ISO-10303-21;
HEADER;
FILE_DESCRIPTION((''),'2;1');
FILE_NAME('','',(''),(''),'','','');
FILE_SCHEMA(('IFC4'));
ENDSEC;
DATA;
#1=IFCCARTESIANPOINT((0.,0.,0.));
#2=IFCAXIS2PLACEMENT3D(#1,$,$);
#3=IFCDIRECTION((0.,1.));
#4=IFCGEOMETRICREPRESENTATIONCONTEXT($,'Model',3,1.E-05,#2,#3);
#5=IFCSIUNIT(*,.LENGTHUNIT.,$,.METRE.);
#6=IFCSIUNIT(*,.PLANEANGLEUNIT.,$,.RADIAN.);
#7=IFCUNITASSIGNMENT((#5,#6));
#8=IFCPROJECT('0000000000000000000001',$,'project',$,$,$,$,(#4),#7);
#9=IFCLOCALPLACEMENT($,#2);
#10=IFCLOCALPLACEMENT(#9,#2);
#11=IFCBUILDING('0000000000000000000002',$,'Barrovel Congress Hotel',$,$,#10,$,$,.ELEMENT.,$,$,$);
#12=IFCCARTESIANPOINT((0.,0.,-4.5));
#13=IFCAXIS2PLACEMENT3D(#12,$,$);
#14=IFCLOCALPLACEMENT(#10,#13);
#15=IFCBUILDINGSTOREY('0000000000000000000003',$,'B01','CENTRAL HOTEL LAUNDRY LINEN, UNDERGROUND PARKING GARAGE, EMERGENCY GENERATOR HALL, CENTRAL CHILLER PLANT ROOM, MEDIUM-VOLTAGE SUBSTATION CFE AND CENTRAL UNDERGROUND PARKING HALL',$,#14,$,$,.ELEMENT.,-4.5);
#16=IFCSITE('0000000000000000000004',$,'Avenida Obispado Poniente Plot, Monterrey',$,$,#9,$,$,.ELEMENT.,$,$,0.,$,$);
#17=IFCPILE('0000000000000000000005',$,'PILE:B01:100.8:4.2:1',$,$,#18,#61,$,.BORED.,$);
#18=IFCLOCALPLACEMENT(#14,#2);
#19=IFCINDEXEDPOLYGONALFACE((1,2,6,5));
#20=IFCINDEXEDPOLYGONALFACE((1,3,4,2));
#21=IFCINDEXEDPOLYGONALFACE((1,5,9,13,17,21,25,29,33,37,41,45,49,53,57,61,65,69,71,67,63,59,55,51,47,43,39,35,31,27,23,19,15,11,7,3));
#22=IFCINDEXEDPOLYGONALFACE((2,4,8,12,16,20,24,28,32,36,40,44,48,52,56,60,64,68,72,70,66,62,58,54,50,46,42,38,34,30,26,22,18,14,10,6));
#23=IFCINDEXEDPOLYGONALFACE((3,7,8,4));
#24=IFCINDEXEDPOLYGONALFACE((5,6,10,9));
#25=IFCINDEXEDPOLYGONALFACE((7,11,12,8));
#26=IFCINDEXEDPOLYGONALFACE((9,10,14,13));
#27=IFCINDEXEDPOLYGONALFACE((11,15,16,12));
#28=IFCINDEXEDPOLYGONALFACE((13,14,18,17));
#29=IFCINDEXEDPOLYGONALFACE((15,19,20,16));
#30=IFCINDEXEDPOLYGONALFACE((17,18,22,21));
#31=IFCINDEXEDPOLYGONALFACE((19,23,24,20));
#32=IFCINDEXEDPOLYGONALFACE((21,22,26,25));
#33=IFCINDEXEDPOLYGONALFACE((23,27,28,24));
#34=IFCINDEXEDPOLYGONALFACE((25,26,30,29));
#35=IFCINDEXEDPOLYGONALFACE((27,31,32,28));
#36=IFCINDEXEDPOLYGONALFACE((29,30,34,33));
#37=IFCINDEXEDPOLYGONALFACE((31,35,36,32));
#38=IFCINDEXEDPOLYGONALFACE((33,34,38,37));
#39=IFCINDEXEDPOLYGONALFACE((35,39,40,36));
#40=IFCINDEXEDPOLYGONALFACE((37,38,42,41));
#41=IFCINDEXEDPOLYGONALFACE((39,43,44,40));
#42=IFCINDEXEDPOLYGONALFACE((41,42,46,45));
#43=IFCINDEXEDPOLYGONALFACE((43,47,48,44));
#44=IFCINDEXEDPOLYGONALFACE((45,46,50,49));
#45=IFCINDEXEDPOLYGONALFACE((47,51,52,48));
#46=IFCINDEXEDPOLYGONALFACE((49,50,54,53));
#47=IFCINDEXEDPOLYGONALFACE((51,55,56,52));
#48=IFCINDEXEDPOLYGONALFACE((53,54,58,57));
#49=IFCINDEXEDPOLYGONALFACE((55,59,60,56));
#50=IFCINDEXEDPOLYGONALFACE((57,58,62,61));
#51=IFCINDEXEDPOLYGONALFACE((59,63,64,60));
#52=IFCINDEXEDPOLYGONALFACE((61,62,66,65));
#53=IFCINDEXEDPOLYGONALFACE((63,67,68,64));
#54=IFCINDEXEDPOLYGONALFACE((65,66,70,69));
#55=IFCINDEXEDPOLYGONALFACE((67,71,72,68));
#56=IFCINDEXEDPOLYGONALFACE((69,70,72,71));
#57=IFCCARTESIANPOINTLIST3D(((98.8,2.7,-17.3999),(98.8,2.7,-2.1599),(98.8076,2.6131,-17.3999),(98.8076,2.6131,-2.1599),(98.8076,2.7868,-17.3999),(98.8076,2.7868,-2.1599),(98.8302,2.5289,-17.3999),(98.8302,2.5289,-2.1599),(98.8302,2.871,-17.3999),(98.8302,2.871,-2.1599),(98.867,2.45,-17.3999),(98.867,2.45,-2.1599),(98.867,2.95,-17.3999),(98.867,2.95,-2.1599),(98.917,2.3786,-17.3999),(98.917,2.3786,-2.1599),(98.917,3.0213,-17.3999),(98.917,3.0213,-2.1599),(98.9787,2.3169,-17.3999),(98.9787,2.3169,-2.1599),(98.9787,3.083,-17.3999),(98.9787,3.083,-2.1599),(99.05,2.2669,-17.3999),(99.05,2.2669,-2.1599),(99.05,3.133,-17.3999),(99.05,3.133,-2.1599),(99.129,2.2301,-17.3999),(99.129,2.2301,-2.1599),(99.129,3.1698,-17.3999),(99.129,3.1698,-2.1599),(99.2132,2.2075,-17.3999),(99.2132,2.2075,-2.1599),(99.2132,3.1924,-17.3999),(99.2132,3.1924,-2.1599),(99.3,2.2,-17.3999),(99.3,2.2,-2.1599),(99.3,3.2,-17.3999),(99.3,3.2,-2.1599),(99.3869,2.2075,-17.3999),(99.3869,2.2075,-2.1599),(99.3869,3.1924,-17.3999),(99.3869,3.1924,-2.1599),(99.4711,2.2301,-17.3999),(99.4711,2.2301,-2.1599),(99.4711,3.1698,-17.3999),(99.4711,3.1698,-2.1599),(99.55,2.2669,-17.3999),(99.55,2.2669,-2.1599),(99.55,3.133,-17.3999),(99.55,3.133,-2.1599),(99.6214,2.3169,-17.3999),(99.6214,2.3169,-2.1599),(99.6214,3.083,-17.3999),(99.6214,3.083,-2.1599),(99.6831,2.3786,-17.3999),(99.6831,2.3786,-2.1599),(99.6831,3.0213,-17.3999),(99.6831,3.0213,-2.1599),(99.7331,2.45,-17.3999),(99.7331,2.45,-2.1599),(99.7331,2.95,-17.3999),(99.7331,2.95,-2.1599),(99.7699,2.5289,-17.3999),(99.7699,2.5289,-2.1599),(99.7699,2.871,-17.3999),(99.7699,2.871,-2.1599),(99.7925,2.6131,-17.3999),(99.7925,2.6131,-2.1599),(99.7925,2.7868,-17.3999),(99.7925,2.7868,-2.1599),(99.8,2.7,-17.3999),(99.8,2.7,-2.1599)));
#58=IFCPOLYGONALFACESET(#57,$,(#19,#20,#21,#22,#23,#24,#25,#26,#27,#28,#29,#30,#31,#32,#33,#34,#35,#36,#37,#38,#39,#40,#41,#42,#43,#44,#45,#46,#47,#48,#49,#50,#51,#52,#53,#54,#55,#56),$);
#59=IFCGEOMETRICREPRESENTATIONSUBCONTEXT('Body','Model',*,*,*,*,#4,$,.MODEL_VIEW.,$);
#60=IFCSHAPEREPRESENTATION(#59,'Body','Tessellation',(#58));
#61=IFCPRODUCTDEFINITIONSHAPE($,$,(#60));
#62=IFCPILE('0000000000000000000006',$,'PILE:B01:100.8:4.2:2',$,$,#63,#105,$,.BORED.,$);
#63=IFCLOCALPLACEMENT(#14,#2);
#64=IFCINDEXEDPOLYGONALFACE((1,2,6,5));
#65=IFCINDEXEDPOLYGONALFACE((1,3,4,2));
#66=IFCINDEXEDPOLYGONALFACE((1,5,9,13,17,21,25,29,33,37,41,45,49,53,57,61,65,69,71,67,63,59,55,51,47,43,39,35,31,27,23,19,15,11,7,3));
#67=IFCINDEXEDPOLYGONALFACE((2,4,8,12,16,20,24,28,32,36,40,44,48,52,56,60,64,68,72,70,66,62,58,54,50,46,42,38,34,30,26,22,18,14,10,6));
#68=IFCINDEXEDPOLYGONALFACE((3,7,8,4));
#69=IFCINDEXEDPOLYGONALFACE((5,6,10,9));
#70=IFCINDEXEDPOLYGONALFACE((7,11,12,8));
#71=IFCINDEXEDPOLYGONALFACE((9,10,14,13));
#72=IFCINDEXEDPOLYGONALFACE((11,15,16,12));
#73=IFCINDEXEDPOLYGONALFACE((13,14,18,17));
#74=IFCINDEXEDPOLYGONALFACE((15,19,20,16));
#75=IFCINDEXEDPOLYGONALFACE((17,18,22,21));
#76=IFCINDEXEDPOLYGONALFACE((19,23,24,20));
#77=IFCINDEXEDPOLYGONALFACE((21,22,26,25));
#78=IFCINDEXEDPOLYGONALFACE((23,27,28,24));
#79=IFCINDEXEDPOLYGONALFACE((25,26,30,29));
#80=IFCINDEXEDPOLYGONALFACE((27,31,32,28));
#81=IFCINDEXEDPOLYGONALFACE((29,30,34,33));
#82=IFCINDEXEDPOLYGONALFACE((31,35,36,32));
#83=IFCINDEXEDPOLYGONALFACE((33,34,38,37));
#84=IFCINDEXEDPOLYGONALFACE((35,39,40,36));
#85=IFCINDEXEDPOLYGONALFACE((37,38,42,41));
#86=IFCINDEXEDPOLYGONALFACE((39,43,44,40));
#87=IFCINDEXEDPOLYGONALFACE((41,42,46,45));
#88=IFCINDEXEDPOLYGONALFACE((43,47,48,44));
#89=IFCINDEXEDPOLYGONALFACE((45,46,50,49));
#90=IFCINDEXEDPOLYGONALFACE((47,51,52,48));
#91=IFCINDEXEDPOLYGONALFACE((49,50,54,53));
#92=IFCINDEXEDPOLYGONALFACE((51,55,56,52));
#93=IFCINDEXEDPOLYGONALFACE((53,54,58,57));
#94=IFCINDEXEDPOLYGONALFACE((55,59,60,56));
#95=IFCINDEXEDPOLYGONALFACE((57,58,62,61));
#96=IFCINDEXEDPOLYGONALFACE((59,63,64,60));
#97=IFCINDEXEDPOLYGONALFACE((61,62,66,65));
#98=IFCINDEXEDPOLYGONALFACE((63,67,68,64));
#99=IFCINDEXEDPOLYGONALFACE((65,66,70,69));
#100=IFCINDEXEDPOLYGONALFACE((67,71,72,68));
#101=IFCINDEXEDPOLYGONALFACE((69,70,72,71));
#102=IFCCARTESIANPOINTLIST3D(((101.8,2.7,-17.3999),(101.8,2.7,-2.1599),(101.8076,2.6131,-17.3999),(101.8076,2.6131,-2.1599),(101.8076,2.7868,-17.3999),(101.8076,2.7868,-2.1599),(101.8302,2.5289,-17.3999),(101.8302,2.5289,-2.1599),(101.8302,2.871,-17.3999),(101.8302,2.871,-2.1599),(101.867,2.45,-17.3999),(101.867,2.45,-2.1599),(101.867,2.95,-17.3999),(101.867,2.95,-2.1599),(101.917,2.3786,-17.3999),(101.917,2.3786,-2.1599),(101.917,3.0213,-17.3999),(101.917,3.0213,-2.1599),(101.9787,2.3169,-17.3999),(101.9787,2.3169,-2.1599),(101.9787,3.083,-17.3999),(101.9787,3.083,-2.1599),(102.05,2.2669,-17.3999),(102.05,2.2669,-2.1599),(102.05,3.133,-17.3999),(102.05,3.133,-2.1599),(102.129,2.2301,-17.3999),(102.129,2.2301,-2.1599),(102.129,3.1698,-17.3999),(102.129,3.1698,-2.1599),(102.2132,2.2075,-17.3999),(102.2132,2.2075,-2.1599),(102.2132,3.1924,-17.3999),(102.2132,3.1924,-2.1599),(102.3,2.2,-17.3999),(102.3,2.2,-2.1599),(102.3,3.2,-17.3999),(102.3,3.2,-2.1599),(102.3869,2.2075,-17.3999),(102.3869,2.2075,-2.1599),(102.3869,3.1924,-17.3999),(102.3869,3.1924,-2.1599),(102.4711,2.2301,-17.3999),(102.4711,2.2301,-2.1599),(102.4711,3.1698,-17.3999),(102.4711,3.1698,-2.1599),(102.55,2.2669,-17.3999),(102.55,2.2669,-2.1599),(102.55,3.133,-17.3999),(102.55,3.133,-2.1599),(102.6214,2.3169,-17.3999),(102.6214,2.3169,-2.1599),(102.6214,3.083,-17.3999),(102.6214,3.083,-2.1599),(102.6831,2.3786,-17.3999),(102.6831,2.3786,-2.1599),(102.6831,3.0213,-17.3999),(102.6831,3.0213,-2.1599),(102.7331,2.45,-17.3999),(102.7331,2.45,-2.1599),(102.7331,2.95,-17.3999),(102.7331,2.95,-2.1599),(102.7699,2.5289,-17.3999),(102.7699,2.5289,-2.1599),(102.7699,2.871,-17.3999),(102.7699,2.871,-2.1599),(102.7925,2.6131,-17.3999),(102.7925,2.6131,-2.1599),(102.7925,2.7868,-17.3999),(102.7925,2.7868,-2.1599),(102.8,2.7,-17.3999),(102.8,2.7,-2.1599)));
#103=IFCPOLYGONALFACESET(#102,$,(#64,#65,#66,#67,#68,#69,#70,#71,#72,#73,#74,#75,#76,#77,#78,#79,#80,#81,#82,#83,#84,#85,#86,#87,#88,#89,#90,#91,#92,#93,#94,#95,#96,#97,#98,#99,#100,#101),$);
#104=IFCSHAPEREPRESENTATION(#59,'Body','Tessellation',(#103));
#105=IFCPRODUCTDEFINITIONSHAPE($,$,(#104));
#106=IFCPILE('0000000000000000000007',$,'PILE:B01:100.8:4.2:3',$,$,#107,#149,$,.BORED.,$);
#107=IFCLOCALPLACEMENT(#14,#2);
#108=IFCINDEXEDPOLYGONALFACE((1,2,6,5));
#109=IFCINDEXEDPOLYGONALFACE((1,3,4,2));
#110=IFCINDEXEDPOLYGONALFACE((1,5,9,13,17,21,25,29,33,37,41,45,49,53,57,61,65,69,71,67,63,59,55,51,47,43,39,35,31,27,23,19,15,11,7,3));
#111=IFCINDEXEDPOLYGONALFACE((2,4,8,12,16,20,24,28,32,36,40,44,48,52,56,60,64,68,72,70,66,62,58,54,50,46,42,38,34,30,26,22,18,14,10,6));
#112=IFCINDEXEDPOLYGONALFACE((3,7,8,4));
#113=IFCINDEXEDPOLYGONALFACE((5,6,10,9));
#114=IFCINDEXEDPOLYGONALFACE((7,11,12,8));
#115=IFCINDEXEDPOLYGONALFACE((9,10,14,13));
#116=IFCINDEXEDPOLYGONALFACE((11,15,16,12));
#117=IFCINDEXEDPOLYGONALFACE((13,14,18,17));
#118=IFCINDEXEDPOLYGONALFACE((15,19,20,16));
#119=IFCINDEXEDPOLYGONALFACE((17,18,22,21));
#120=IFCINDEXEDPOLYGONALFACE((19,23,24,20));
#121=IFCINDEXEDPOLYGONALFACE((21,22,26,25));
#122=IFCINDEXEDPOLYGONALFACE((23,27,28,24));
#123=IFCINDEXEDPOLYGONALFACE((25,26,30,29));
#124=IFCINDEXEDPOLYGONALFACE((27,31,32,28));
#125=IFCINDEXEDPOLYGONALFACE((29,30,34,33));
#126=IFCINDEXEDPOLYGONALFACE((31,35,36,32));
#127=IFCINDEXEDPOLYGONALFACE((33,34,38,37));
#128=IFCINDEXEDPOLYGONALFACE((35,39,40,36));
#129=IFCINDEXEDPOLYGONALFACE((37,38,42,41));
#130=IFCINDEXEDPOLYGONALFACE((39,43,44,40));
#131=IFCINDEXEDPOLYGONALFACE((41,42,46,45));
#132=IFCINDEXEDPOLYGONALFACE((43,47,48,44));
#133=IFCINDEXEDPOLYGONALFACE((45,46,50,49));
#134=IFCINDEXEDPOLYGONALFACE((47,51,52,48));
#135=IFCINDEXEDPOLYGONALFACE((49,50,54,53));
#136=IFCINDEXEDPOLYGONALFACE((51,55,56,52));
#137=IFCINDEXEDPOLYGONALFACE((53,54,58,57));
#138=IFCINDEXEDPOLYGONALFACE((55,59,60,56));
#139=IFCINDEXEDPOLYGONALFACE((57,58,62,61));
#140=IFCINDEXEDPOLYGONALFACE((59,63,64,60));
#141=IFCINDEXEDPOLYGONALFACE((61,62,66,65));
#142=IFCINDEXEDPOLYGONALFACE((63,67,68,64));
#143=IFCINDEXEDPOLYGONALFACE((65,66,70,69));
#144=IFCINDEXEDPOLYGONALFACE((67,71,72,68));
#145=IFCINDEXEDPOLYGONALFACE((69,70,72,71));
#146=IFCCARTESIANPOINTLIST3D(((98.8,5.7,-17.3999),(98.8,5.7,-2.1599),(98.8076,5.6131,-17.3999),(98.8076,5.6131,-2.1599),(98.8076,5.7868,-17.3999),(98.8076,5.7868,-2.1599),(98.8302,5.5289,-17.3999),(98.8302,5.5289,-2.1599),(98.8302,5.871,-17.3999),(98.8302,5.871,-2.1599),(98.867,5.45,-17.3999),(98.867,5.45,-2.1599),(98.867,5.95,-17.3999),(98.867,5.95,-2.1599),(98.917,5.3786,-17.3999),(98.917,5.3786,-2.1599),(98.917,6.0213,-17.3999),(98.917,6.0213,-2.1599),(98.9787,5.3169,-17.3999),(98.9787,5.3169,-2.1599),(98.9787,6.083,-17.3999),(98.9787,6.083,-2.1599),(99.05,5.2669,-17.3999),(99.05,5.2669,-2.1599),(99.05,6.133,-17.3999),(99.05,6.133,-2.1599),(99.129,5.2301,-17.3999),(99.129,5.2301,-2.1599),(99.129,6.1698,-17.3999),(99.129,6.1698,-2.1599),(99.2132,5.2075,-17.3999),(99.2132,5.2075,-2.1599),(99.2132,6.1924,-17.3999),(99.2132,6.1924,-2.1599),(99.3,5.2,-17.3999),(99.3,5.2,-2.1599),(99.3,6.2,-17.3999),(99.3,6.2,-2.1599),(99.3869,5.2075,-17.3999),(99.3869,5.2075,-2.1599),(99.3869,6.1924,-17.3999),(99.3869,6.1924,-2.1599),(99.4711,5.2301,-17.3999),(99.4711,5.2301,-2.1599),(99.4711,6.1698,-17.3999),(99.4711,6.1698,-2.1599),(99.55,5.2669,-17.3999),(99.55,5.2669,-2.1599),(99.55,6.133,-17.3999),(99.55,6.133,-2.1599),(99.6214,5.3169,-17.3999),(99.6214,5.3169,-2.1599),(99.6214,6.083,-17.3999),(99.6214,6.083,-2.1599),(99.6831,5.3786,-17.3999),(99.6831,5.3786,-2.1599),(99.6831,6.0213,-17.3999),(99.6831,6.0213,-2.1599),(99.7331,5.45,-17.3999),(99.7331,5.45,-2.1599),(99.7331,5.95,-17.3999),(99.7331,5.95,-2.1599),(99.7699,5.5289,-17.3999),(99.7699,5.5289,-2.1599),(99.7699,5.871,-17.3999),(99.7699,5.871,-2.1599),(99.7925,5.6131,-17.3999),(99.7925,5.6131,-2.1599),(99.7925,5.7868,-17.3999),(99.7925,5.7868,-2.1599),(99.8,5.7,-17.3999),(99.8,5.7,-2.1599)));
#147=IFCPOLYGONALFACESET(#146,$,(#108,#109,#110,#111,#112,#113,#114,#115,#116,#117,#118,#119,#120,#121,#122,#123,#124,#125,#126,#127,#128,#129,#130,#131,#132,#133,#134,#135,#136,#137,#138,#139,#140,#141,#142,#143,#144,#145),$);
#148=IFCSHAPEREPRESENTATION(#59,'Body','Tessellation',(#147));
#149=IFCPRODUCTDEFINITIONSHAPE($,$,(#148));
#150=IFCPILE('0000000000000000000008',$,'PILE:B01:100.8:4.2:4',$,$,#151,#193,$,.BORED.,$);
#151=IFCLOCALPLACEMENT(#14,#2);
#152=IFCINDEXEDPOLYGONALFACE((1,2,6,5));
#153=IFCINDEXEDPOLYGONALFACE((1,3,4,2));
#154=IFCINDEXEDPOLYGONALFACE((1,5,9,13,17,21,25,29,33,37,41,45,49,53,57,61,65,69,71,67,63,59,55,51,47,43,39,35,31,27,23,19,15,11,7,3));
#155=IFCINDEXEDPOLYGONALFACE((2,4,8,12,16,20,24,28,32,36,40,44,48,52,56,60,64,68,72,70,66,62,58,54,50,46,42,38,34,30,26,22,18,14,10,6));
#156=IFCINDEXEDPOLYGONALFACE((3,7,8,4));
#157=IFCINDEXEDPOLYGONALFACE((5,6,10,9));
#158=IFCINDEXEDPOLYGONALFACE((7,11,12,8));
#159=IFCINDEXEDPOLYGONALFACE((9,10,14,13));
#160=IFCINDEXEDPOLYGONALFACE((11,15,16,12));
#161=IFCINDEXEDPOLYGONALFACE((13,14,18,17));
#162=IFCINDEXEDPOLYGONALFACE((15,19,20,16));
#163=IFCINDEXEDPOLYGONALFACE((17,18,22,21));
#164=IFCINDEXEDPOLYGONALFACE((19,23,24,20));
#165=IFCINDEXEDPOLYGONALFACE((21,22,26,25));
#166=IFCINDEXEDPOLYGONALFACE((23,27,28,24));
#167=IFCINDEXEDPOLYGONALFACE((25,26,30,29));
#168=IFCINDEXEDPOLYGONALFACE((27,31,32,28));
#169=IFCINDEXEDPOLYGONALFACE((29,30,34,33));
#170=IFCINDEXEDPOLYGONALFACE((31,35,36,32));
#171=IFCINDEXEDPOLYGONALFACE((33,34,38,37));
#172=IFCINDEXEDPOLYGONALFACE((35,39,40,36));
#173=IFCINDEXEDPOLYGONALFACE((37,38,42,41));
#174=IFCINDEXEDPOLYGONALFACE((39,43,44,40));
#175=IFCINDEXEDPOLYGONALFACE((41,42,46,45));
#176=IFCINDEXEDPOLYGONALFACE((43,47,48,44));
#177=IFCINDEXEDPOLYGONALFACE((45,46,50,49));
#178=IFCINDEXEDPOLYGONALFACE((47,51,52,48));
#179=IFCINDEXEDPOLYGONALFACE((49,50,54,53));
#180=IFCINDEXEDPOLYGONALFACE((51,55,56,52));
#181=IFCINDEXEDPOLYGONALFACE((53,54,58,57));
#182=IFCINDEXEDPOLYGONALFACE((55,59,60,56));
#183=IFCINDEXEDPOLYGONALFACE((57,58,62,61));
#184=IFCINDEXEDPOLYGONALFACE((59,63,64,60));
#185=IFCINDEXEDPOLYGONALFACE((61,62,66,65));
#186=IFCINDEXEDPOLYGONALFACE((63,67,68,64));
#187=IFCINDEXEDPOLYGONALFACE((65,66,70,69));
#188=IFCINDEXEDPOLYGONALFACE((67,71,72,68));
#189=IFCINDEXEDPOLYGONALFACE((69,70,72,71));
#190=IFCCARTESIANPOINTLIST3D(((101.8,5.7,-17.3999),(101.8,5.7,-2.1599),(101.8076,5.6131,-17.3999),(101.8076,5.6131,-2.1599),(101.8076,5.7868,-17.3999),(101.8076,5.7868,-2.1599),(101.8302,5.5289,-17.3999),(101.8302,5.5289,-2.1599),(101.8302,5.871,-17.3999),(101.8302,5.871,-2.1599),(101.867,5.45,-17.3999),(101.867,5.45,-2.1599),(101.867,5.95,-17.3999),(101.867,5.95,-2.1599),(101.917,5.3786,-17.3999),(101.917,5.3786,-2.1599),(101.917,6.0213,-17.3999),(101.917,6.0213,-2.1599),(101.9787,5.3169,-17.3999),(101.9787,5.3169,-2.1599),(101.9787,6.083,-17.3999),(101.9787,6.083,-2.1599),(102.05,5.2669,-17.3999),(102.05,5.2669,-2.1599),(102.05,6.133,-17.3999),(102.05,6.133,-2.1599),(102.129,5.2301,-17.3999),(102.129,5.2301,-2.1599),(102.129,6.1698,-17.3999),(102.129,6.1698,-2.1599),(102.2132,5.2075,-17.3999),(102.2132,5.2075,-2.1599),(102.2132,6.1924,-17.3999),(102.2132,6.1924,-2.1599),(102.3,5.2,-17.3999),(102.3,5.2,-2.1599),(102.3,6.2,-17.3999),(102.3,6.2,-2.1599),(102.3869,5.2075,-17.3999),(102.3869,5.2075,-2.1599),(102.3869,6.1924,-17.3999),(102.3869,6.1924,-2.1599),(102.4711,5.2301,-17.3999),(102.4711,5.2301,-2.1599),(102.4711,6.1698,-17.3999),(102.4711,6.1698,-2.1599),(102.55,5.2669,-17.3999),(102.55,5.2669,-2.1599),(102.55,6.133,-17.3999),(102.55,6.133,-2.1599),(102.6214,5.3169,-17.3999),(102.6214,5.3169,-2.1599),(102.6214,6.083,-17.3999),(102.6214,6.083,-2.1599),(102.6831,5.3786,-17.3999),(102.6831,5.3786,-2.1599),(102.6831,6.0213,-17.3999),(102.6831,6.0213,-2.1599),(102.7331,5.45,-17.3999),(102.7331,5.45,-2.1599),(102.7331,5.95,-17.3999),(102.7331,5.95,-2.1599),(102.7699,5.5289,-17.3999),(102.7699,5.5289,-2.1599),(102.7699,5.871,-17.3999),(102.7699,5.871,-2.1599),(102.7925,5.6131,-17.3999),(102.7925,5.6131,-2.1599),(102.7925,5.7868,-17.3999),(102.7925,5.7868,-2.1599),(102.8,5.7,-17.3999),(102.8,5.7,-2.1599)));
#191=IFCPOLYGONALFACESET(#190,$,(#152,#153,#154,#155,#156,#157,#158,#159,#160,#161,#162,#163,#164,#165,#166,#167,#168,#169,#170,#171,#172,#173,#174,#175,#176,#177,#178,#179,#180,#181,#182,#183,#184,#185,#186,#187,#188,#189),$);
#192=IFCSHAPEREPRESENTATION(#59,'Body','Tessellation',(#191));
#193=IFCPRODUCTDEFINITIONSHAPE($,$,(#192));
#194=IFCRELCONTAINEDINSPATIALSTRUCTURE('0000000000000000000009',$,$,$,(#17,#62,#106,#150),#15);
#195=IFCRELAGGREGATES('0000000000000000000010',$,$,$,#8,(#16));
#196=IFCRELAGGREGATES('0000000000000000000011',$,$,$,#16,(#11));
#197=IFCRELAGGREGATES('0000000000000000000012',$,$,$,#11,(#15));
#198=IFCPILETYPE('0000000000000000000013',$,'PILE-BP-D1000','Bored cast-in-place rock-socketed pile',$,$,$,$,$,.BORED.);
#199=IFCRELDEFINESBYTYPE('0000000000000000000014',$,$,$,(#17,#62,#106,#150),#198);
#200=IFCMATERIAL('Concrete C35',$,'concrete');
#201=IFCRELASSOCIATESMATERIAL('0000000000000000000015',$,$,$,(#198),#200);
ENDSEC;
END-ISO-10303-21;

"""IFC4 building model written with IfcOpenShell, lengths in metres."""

from ifc_helpers import new_model, si_unit, direction, frame, origin, origin_2d, place, context, subcontext, project, spatial, circle, extrude, material, material_profile, profile_set, type_object, element, save


model = new_model("IFC4")

# Units and contexts
model_context = context("Model", 3, precision=1e-05, world=origin(), true_north=direction((0.0, 1.0)))
body_context = subcontext(model_context, "Body", "Model", "MODEL_VIEW")
ifc_project = project(units=[si_unit("LENGTHUNIT", "METRE"), si_unit("PLANEANGLEUNIT", "RADIAN")], contexts=[model_context])

# Site, building, storey
site_placement = place(None, origin())
site = spatial("IfcSite", under=ifc_project, at=site_placement, Name="Avenida Obispado Poniente Plot, Monterrey", CompositionType="ELEMENT", RefElevation=0.0)
building_placement = place(site_placement, origin())
building = spatial("IfcBuilding", under=site, at=building_placement, Name="Barrovel Congress Hotel", CompositionType="ELEMENT")
storey_placement = place(building_placement, frame((0.0, 0.0, -4.5)))
storey = spatial("IfcBuildingStorey", under=building, at=storey_placement, Name="B01", Description="CENTRAL HOTEL LAUNDRY LINEN, UNDERGROUND PARKING GARAGE, EMERGENCY GENERATOR HALL, CENTRAL CHILLER PLANT ROOM, MEDIUM-VOLTAGE SUBSTATION CFE AND CENTRAL UNDERGROUND PARKING HALL", CompositionType="ELEMENT", Elevation=-4.5)

# Piles
ifc_material_1 = material(Name="Concrete C35", Category="concrete")
ifc_material_profile_1 = material_profile(ifc_material_1, circle(Radius=0.5, at=origin_2d()), Name="BP-D1000")
ifc_profile_set_1 = profile_set([ifc_material_profile_1], Name="Concrete C35")
pile_type_1 = type_object("IfcPileType", Name="PILE-BP-D1000", Description="Bored cast-in-place rock-socketed pile", PredefinedType="BORED", material=ifc_profile_set_1)
for number, where, z_axis, x_axis, name in (
    (1, (99.3, 2.7, -2.1599), (0.0, 0.0, -1.0), (1.0, 0.0, 0.0), "PILE:B01:100.8:4.2:1"),
    (2, (102.3, 2.7, -2.1599), (0.0, 0.0, -1.0), (1.0, 0.0, 0.0), "PILE:B01:100.8:4.2:2"),
    (3, (99.3, 5.7, -2.1599), (0.0, 0.0, -1.0), (1.0, 0.0, 0.0), "PILE:B01:100.8:4.2:3"),
    (4, (102.3, 5.7, -2.1599), (0.0, 0.0, -1.0), (1.0, 0.0, 0.0), "PILE:B01:100.8:4.2:4"),
):
    element("IfcPile", number, at=place(storey_placement, frame(where, z_axis=z_axis, x_axis=x_axis)), inside=storey, type_object=pile_type_1, Name=name, PredefinedType="BORED", context=body_context, shape_type="SweptSolid", body=[
        extrude(circle(Radius=0.5, at=origin_2d()), origin(), (0.0, 0.0, 1.0), 15.24),
    ])

save(model, "model.ifc")
